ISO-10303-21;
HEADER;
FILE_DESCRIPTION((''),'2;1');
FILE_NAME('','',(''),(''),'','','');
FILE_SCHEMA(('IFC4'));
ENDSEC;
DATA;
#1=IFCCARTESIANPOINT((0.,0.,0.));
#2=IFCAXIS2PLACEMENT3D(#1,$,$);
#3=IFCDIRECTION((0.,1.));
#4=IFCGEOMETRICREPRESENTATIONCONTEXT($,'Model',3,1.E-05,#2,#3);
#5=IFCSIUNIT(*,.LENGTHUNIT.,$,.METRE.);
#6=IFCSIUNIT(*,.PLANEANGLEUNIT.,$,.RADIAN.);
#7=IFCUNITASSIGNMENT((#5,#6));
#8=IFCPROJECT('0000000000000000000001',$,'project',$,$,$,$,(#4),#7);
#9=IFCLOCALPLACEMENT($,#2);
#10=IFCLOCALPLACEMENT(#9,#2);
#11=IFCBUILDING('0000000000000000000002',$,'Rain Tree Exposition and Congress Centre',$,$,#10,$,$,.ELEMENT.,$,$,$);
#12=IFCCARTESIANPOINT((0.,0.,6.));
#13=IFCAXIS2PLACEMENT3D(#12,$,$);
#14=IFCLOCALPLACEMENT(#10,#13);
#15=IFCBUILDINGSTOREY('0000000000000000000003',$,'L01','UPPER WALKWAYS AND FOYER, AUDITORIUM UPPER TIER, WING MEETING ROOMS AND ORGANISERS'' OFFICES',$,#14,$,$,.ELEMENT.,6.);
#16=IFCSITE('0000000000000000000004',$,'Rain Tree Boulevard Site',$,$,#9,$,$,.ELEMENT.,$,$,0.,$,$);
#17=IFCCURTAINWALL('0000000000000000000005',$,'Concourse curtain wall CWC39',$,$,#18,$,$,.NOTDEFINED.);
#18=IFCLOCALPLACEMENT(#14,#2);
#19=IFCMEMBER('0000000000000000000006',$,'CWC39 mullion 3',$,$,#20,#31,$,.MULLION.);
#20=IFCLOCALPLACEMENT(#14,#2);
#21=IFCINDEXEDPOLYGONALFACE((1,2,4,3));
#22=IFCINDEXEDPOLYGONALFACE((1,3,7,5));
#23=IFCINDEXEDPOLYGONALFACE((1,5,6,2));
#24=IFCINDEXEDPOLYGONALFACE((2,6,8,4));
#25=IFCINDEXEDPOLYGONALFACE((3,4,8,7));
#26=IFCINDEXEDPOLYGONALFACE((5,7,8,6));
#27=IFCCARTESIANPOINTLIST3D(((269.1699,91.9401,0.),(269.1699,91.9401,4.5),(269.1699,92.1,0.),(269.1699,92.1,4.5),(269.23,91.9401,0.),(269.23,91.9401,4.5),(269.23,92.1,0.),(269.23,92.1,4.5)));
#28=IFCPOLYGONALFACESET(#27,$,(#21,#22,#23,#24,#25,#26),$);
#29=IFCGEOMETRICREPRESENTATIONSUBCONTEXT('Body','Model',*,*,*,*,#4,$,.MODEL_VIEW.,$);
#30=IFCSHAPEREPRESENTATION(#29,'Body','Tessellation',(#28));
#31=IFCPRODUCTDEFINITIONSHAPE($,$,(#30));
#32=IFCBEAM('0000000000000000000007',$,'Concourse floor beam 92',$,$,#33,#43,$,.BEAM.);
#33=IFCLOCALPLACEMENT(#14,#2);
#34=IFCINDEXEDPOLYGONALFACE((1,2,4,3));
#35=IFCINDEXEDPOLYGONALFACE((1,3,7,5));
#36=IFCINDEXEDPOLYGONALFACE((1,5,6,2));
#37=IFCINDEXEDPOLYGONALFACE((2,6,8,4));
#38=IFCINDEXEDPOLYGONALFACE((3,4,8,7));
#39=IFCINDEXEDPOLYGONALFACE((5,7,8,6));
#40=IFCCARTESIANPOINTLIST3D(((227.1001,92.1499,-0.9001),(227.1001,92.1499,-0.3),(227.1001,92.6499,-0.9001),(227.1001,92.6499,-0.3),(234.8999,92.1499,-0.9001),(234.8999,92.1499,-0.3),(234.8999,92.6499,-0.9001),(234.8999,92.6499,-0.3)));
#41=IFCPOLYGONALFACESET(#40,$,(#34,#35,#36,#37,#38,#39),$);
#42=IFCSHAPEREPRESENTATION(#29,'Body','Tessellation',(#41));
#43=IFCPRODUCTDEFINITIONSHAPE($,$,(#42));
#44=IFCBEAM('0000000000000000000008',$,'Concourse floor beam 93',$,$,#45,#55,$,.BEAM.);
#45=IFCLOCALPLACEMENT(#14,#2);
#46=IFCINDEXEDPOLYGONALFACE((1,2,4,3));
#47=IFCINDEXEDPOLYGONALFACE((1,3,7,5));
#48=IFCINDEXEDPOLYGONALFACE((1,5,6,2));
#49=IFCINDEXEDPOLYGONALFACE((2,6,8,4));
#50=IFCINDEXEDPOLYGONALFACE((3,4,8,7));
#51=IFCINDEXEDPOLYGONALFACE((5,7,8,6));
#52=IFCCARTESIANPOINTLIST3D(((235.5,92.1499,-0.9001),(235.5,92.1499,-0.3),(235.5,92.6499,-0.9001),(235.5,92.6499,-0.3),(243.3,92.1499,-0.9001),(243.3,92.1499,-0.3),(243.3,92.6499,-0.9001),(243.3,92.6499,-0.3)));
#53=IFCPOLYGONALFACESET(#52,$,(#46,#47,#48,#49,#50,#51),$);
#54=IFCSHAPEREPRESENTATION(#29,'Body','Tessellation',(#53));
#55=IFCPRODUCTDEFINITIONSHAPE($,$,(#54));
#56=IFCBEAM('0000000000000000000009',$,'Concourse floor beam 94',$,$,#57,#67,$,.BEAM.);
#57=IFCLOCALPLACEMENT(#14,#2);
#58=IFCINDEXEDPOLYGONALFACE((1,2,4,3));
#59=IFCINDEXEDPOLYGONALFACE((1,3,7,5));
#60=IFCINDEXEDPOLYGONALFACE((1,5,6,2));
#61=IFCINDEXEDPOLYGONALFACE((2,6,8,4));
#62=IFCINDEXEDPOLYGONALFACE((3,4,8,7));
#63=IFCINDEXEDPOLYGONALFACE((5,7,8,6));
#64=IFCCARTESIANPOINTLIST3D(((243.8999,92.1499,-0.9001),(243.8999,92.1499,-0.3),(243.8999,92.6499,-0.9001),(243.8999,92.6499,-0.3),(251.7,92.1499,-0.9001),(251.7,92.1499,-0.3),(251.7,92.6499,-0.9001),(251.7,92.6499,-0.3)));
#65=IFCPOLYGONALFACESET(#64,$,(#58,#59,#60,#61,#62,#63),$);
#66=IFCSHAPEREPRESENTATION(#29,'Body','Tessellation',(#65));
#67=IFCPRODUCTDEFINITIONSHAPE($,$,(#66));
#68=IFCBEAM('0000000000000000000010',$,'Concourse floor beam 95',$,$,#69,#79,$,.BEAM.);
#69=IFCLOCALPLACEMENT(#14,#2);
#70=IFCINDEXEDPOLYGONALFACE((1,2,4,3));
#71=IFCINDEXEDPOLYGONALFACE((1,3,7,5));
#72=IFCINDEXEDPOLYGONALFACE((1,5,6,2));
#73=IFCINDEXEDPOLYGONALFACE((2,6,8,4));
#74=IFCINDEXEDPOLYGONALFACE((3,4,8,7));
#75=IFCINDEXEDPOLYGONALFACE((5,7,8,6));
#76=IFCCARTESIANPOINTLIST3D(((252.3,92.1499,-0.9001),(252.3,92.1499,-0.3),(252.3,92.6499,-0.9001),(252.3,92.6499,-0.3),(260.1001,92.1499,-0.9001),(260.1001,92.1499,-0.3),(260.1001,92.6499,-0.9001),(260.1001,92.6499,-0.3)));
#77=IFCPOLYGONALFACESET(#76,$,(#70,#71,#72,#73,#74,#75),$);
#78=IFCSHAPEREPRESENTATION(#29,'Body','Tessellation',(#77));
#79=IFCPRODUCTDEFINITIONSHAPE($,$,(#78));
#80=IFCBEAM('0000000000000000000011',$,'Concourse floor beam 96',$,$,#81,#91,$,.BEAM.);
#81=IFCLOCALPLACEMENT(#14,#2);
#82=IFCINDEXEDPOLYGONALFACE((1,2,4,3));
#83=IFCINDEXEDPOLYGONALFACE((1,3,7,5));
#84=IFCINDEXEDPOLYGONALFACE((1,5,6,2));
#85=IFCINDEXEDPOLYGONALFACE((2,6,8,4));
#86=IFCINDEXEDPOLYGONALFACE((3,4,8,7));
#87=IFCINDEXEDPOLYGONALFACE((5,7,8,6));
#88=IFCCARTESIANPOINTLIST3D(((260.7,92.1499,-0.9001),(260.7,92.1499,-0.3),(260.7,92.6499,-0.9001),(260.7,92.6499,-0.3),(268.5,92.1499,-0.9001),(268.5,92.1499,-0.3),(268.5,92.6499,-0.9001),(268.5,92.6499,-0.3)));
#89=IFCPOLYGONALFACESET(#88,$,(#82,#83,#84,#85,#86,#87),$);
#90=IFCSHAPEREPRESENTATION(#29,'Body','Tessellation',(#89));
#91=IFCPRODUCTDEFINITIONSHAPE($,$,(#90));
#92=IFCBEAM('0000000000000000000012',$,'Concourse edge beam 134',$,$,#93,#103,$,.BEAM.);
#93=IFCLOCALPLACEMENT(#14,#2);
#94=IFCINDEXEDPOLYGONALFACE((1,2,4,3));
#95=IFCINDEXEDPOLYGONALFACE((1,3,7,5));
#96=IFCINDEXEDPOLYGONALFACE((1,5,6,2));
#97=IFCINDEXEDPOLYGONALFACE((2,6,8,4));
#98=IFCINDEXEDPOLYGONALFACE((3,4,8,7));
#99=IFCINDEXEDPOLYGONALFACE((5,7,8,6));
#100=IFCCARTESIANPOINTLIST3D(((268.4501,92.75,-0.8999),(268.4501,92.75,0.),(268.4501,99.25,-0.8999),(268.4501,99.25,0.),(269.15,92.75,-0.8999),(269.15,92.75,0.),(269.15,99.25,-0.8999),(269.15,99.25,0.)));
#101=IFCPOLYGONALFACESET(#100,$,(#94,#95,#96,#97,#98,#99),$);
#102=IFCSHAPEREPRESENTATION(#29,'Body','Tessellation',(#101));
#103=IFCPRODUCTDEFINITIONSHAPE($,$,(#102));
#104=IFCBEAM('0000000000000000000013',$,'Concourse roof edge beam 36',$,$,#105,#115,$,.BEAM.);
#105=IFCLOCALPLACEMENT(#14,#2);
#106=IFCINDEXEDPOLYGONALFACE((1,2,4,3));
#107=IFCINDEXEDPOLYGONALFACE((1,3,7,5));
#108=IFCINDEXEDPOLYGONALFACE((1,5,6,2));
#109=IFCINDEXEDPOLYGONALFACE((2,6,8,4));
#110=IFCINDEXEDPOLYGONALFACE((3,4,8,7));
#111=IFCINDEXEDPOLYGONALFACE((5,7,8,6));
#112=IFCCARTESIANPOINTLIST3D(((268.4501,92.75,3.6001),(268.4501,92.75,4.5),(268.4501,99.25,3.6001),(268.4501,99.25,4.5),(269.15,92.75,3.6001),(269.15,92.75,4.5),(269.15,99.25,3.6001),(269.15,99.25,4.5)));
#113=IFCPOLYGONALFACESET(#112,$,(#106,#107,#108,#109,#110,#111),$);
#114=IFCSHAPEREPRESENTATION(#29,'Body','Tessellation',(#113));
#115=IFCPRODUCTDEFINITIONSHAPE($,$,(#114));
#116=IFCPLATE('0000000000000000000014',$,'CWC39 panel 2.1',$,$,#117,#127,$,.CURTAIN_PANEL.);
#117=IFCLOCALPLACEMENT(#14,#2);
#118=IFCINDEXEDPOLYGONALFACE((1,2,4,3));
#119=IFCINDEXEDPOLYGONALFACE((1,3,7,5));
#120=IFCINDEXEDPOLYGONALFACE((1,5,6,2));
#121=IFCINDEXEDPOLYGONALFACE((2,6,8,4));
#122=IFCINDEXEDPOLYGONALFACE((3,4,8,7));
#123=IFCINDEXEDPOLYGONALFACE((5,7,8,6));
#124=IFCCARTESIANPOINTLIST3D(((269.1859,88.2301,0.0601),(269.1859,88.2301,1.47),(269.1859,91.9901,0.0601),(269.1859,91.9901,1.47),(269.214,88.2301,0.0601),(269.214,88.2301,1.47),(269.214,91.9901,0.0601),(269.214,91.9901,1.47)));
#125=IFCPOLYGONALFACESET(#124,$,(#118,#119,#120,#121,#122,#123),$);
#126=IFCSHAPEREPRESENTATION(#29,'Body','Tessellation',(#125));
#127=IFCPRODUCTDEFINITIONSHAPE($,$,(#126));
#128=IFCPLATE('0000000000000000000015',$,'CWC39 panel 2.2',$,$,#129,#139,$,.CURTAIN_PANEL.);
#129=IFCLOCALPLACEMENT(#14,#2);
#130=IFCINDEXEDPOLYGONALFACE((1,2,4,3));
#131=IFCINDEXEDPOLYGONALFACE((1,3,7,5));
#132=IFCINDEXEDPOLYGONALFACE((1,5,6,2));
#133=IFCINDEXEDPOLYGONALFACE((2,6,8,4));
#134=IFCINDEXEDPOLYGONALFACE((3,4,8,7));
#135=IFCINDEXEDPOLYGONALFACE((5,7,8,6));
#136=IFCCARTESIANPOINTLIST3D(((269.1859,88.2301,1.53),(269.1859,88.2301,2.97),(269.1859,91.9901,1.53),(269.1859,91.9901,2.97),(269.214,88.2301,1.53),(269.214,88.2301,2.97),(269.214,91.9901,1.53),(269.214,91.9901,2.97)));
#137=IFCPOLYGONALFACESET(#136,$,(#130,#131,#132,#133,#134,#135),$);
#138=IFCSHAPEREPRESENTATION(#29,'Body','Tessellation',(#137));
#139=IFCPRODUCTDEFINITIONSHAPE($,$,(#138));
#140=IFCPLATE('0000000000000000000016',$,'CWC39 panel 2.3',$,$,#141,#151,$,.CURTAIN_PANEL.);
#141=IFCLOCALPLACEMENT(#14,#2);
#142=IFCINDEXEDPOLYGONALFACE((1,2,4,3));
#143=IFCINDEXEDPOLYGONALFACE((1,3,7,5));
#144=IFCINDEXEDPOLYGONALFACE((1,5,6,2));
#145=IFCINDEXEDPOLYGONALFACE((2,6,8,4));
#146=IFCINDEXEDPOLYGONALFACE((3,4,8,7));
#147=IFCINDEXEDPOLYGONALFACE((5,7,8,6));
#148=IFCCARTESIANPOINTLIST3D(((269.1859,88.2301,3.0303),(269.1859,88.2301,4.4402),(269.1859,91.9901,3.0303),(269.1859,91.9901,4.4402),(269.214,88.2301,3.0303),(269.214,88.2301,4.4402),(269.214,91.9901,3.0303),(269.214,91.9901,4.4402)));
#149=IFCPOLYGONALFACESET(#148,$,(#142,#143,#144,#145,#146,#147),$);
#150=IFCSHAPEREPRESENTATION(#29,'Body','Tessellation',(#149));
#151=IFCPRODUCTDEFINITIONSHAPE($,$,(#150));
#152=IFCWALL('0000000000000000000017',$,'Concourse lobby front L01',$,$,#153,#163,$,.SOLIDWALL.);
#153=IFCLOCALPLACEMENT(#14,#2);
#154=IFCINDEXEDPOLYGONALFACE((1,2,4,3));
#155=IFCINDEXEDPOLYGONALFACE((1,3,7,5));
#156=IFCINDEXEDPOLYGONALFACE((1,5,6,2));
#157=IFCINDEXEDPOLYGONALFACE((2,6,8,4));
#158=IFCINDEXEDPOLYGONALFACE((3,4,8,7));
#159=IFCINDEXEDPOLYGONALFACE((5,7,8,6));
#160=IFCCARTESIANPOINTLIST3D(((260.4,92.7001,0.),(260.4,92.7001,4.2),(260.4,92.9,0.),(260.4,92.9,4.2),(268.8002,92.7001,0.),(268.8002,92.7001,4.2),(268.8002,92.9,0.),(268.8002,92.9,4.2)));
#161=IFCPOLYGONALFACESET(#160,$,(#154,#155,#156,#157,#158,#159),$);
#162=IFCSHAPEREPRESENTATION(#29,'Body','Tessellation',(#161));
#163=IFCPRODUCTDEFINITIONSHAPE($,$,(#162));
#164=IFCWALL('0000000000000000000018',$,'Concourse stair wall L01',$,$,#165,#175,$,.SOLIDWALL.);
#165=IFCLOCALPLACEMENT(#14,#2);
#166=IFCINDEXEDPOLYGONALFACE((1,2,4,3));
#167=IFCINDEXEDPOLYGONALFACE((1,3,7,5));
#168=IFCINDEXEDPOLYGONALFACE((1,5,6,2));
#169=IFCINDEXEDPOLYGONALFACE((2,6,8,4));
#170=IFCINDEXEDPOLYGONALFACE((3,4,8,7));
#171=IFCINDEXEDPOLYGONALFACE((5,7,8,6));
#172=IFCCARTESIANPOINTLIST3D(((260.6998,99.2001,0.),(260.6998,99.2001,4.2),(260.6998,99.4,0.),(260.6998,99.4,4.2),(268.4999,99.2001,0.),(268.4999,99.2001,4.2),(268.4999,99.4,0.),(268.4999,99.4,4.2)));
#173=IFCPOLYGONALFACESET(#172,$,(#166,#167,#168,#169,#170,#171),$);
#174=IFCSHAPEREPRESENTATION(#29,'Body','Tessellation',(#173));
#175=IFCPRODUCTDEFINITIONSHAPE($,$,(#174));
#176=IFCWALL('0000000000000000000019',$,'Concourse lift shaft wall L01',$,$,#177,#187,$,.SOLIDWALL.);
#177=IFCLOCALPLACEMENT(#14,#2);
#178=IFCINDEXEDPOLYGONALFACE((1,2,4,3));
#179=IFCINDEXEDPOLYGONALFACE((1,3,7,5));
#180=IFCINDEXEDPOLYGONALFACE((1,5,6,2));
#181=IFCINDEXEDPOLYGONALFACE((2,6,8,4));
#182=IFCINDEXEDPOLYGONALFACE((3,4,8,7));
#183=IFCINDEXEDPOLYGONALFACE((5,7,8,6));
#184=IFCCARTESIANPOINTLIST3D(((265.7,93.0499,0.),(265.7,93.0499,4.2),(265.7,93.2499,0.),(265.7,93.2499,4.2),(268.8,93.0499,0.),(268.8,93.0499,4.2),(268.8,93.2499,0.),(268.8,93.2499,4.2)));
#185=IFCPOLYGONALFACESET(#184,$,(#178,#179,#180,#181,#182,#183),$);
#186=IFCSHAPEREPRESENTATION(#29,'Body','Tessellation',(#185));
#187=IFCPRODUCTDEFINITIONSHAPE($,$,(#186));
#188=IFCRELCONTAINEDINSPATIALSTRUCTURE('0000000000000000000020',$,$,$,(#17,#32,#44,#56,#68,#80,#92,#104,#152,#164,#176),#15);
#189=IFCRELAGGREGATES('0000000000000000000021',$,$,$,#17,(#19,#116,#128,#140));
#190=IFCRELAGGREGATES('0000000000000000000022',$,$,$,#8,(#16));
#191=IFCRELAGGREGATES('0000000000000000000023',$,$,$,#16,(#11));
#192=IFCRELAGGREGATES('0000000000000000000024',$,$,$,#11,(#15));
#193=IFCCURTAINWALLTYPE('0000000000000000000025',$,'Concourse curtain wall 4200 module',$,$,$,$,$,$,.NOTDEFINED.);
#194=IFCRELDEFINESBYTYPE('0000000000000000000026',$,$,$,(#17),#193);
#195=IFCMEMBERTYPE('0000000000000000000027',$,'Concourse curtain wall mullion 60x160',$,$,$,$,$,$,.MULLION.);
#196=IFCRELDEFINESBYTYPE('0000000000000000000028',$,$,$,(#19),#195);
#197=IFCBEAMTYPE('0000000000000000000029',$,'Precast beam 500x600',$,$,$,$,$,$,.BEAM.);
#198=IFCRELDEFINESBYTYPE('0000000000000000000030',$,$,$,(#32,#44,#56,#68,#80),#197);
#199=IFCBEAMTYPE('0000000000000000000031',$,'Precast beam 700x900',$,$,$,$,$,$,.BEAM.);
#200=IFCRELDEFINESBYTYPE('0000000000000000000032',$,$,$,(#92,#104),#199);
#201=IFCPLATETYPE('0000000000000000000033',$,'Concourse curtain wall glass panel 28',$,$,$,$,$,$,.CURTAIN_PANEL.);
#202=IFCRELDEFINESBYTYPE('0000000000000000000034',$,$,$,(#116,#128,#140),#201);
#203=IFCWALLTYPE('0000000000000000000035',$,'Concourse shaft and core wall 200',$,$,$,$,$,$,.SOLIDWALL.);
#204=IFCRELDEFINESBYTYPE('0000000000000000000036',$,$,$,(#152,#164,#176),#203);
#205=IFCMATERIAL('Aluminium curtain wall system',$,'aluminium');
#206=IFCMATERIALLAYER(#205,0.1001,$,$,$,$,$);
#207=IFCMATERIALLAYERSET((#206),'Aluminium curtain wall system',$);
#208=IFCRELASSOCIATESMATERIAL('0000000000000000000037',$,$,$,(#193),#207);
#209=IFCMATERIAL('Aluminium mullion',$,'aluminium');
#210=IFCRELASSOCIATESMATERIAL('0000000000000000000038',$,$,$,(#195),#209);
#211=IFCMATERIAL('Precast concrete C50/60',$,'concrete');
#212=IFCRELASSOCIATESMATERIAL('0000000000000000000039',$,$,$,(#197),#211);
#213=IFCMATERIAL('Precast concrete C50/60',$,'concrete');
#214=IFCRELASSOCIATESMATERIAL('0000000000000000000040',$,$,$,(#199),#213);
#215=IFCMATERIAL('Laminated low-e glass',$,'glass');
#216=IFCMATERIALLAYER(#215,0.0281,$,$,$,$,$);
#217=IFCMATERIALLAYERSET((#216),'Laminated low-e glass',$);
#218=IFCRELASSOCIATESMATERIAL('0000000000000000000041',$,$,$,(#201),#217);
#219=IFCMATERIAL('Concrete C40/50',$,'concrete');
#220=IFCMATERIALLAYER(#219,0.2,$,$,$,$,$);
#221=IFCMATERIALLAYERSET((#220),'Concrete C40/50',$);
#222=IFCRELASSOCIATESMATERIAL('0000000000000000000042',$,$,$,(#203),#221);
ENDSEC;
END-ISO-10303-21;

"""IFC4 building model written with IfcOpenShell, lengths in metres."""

from ifc_helpers import new_model, si_unit, direction, frame, frame_2d, origin, origin_2d, place, context, subcontext, project, spatial, rectangle, extrude, material, layer, layer_set, material_profile, profile_set, type_object, element, aggregate, save


model = new_model("IFC4")

# Units and contexts
model_context = context("Model", 3, precision=1e-05, world=origin(), true_north=direction((0.0, 1.0)))
body_context = subcontext(model_context, "Body", "Model", "MODEL_VIEW")
ifc_project = project(units=[si_unit("LENGTHUNIT", "METRE"), si_unit("PLANEANGLEUNIT", "RADIAN")], contexts=[model_context])

# Site, building, storey
site_placement = place(None, origin())
site = spatial("IfcSite", under=ifc_project, at=site_placement, Name="Rain Tree Boulevard Site", CompositionType="ELEMENT", RefElevation=0.0)
building_placement = place(site_placement, origin())
building = spatial("IfcBuilding", under=site, at=building_placement, Name="Rain Tree Exposition and Congress Centre", CompositionType="ELEMENT")
storey_placement = place(building_placement, frame((0.0, 0.0, 6.0)))
storey = spatial("IfcBuildingStorey", under=building, at=storey_placement, Name="L01", Description="UPPER WALKWAYS AND FOYER, AUDITORIUM UPPER TIER, WING MEETING ROOMS AND ORGANISERS' OFFICES", CompositionType="ELEMENT", Elevation=6.0)

# Curtain wall, member
ifc_material_1 = material(Name="Aluminium curtain wall system", Category="aluminium")
ifc_layer_1 = layer(ifc_material_1, 0.1001)
ifc_layer_set_1 = layer_set([ifc_layer_1], Name="Aluminium curtain wall system")
curtain_wall_type = type_object("IfcCurtainWallType", Name="Concourse curtain wall 4200 module", PredefinedType="NOTDEFINED", material=ifc_layer_set_1)
curtain_wall_placement = place(storey_placement, origin())
curtain_wall = element("IfcCurtainWall", 1, at=curtain_wall_placement, inside=storey, type_object=curtain_wall_type, Name="Concourse curtain wall CWC39", PredefinedType="NOTDEFINED")
ifc_material_2 = material(Name="Aluminium mullion", Category="aluminium")
ifc_material_profile_1 = material_profile(ifc_material_2, rectangle(XDim=0.0601, YDim=0.1599, at=origin_2d()), Name="AL 60x160")
ifc_profile_set_1 = profile_set([ifc_material_profile_1], Name="Aluminium mullion")
member_type = type_object("IfcMemberType", Name="Concourse curtain wall mullion 60x160", PredefinedType="MULLION", material=ifc_profile_set_1)
member_placement = place(storey_placement, frame((269.2, 92.02, 0.0), z_axis=(0.0, 0.0, 1.0), x_axis=(-1.0, 0.0, 0.0)))
member = element("IfcMember", 2, at=member_placement, type_object=member_type, Name="CWC39 mullion 3", PredefinedType="MULLION", context=body_context, shape_type="SweptSolid", body=[
    extrude(rectangle(XDim=0.0601, YDim=0.1599, at=origin_2d()), origin(), (0.0, 0.0, 1.0), 4.5),
])

# Beams
ifc_material_3 = material(Name="Precast concrete C50/60", Category="concrete")
ifc_material_profile_2 = material_profile(ifc_material_3, rectangle(XDim=0.5, YDim=0.6001, at=origin_2d()), Name="RC 500x600")
ifc_profile_set_2 = profile_set([ifc_material_profile_2], Name="Precast concrete C50/60")
beam_type_1 = type_object("IfcBeamType", Name="Precast beam 500x600", PredefinedType="BEAM", material=ifc_profile_set_2)
beam_placement = place(storey_placement, frame((227.1001, 92.3999, -0.6001), z_axis=(1.0, 0.0, 0.0), x_axis=(0.0, 1.0, 0.0)))
element("IfcBeam", 3, at=beam_placement, inside=storey, type_object=beam_type_1, Name="Concourse floor beam 92", PredefinedType="BEAM", context=body_context, shape_type="SweptSolid", body=[
    extrude(rectangle(XDim=0.5, YDim=0.6001, at=origin_2d()), origin(), (0.0, 0.0, 1.0), 7.7998),
])
for number, where, z_axis, x_axis, name in (
    (4, (235.5, 92.3999, -0.6001), (1.0, 0.0, 0.0), (0.0, 1.0, 0.0), "Concourse floor beam 93"),
    (5, (243.8999, 92.3999, -0.6001), (1.0, 0.0, 0.0), (0.0, 1.0, 0.0), "Concourse floor beam 94"),
    (6, (252.3, 92.3999, -0.6001), (1.0, 0.0, 0.0), (0.0, 1.0, 0.0), "Concourse floor beam 95"),
    (7, (260.7, 92.3999, -0.6001), (1.0, 0.0, 0.0), (0.0, 1.0, 0.0), "Concourse floor beam 96"),
):
    element("IfcBeam", number, at=place(storey_placement, frame(where, z_axis=z_axis, x_axis=x_axis)), inside=storey, type_object=beam_type_1, Name=name, PredefinedType="BEAM", context=body_context, shape_type="SweptSolid", body=[
        extrude(rectangle(XDim=0.5, YDim=0.6001, at=origin_2d()), origin(), (0.0, 0.0, 1.0), 7.8),
    ])
ifc_material_4 = material(Name="Precast concrete C50/60", Category="concrete")
ifc_material_profile_3 = material_profile(ifc_material_4, rectangle(XDim=0.7, YDim=0.8999, at=origin_2d()), Name="RC 700x900")
ifc_profile_set_3 = profile_set([ifc_material_profile_3], Name="Precast concrete C50/60")
beam_type_2 = type_object("IfcBeamType", Name="Precast beam 700x900", PredefinedType="BEAM", material=ifc_profile_set_3)
for number, where, z_axis, x_axis, name in (
    (8, (268.8, 92.75, -0.45), (0.0, 1.0, 0.0), (-1.0, 0.0, 0.0), "Concourse edge beam 134"),
    (9, (268.8, 92.75, 4.05), (0.0, 1.0, 0.0), (-1.0, 0.0, 0.0), "Concourse roof edge beam 36"),
):
    element("IfcBeam", number, at=place(storey_placement, frame(where, z_axis=z_axis, x_axis=x_axis)), inside=storey, type_object=beam_type_2, Name=name, PredefinedType="BEAM", context=body_context, shape_type="SweptSolid", body=[
        extrude(rectangle(XDim=0.7, YDim=0.8999, at=origin_2d()), origin(), (0.0, 0.0, 1.0), 6.5),
    ])

# Plates
ifc_material_5 = material(Name="Laminated low-e glass", Category="glass")
ifc_layer_2 = layer(ifc_material_5, 0.0281)
ifc_layer_set_2 = layer_set([ifc_layer_2], Name="Laminated low-e glass")
plate_type = type_object("IfcPlateType", Name="Concourse curtain wall glass panel 28", PredefinedType="CURTAIN_PANEL", material=ifc_layer_set_2)
plate_1_placement = place(storey_placement, frame((269.2, 90.1101, 0.0601), z_axis=(0.0, 0.0, 1.0), x_axis=(0.0, 1.0, 0.0)))
plate_1 = element("IfcPlate", 10, at=plate_1_placement, type_object=plate_type, Name="CWC39 panel 2.1", PredefinedType="CURTAIN_PANEL", context=body_context, shape_type="SweptSolid", body=[
    extrude(rectangle(XDim=3.76, YDim=0.0281, at=origin_2d()), origin(), (0.0, 0.0, 1.0), 1.4099),
])
plate_2_placement = place(storey_placement, frame((269.2, 90.1101, 1.53), z_axis=(0.0, 0.0, 1.0), x_axis=(0.0, 1.0, 0.0)))
plate_2 = element("IfcPlate", 11, at=plate_2_placement, type_object=plate_type, Name="CWC39 panel 2.2", PredefinedType="CURTAIN_PANEL", context=body_context, shape_type="SweptSolid", body=[
    extrude(rectangle(XDim=3.76, YDim=0.0281, at=origin_2d()), origin(), (0.0, 0.0, 1.0), 1.4399),
])
plate_3_placement = place(storey_placement, frame((269.2, 90.1101, 3.0303), z_axis=(0.0, 0.0, 1.0), x_axis=(0.0, 1.0, 0.0)))
plate_3 = element("IfcPlate", 12, at=plate_3_placement, type_object=plate_type, Name="CWC39 panel 2.3", PredefinedType="CURTAIN_PANEL", context=body_context, shape_type="SweptSolid", body=[
    extrude(rectangle(XDim=3.76, YDim=0.0281, at=origin_2d()), origin(), (0.0, 0.0, 1.0), 1.4099),
])
aggregate(curtain_wall, [member, plate_1, plate_2, plate_3])

# Walls
ifc_material_6 = material(Name="Concrete C40/50", Category="concrete")
ifc_layer_3 = layer(ifc_material_6, 0.2)
ifc_layer_set_3 = layer_set([ifc_layer_3], Name="Concrete C40/50")
wall_type = type_object("IfcWallType", Name="Concourse shaft and core wall 200", PredefinedType="SOLIDWALL", material=ifc_layer_set_3)
wall_1_placement = place(storey_placement, frame((260.3999, 92.8, 0.0), z_axis=(0.0, 0.0, 1.0), x_axis=(1.0, 0.0, 0.0)))
element("IfcWall", 13, at=wall_1_placement, inside=storey, type_object=wall_type, Name="Concourse lobby front L01", PredefinedType="SOLIDWALL", context=body_context, shape_type="SweptSolid", body=[
    extrude(rectangle(XDim=8.4001, YDim=0.2, at=frame_2d((4.2002, 0.0))), origin(), (0.0, 0.0, 1.0), 4.2),
])
wall_2_placement = place(storey_placement, frame((260.7, 99.3, 0.0), z_axis=(0.0, 0.0, 1.0), x_axis=(1.0, 0.0, 0.0)))
element("IfcWall", 14, at=wall_2_placement, inside=storey, type_object=wall_type, Name="Concourse stair wall L01", PredefinedType="SOLIDWALL", context=body_context, shape_type="SweptSolid", body=[
    extrude(rectangle(XDim=7.8, YDim=0.2, at=frame_2d((3.8999, 0.0))), origin(), (0.0, 0.0, 1.0), 4.2),
])

# Wall
wall_3_placement = place(storey_placement, frame((265.7, 93.1499, 0.0), z_axis=(0.0, 0.0, 1.0), x_axis=(1.0, 0.0, 0.0)))
element("IfcWall", 15, at=wall_3_placement, inside=storey, type_object=wall_type, Name="Concourse lift shaft wall L01", PredefinedType="SOLIDWALL", context=body_context, shape_type="SweptSolid", body=[
    extrude(rectangle(XDim=3.1001, YDim=0.2, at=frame_2d((1.55, 0.0))), origin(), (0.0, 0.0, 1.0), 4.2),
])

save(model, "model.ifc")
